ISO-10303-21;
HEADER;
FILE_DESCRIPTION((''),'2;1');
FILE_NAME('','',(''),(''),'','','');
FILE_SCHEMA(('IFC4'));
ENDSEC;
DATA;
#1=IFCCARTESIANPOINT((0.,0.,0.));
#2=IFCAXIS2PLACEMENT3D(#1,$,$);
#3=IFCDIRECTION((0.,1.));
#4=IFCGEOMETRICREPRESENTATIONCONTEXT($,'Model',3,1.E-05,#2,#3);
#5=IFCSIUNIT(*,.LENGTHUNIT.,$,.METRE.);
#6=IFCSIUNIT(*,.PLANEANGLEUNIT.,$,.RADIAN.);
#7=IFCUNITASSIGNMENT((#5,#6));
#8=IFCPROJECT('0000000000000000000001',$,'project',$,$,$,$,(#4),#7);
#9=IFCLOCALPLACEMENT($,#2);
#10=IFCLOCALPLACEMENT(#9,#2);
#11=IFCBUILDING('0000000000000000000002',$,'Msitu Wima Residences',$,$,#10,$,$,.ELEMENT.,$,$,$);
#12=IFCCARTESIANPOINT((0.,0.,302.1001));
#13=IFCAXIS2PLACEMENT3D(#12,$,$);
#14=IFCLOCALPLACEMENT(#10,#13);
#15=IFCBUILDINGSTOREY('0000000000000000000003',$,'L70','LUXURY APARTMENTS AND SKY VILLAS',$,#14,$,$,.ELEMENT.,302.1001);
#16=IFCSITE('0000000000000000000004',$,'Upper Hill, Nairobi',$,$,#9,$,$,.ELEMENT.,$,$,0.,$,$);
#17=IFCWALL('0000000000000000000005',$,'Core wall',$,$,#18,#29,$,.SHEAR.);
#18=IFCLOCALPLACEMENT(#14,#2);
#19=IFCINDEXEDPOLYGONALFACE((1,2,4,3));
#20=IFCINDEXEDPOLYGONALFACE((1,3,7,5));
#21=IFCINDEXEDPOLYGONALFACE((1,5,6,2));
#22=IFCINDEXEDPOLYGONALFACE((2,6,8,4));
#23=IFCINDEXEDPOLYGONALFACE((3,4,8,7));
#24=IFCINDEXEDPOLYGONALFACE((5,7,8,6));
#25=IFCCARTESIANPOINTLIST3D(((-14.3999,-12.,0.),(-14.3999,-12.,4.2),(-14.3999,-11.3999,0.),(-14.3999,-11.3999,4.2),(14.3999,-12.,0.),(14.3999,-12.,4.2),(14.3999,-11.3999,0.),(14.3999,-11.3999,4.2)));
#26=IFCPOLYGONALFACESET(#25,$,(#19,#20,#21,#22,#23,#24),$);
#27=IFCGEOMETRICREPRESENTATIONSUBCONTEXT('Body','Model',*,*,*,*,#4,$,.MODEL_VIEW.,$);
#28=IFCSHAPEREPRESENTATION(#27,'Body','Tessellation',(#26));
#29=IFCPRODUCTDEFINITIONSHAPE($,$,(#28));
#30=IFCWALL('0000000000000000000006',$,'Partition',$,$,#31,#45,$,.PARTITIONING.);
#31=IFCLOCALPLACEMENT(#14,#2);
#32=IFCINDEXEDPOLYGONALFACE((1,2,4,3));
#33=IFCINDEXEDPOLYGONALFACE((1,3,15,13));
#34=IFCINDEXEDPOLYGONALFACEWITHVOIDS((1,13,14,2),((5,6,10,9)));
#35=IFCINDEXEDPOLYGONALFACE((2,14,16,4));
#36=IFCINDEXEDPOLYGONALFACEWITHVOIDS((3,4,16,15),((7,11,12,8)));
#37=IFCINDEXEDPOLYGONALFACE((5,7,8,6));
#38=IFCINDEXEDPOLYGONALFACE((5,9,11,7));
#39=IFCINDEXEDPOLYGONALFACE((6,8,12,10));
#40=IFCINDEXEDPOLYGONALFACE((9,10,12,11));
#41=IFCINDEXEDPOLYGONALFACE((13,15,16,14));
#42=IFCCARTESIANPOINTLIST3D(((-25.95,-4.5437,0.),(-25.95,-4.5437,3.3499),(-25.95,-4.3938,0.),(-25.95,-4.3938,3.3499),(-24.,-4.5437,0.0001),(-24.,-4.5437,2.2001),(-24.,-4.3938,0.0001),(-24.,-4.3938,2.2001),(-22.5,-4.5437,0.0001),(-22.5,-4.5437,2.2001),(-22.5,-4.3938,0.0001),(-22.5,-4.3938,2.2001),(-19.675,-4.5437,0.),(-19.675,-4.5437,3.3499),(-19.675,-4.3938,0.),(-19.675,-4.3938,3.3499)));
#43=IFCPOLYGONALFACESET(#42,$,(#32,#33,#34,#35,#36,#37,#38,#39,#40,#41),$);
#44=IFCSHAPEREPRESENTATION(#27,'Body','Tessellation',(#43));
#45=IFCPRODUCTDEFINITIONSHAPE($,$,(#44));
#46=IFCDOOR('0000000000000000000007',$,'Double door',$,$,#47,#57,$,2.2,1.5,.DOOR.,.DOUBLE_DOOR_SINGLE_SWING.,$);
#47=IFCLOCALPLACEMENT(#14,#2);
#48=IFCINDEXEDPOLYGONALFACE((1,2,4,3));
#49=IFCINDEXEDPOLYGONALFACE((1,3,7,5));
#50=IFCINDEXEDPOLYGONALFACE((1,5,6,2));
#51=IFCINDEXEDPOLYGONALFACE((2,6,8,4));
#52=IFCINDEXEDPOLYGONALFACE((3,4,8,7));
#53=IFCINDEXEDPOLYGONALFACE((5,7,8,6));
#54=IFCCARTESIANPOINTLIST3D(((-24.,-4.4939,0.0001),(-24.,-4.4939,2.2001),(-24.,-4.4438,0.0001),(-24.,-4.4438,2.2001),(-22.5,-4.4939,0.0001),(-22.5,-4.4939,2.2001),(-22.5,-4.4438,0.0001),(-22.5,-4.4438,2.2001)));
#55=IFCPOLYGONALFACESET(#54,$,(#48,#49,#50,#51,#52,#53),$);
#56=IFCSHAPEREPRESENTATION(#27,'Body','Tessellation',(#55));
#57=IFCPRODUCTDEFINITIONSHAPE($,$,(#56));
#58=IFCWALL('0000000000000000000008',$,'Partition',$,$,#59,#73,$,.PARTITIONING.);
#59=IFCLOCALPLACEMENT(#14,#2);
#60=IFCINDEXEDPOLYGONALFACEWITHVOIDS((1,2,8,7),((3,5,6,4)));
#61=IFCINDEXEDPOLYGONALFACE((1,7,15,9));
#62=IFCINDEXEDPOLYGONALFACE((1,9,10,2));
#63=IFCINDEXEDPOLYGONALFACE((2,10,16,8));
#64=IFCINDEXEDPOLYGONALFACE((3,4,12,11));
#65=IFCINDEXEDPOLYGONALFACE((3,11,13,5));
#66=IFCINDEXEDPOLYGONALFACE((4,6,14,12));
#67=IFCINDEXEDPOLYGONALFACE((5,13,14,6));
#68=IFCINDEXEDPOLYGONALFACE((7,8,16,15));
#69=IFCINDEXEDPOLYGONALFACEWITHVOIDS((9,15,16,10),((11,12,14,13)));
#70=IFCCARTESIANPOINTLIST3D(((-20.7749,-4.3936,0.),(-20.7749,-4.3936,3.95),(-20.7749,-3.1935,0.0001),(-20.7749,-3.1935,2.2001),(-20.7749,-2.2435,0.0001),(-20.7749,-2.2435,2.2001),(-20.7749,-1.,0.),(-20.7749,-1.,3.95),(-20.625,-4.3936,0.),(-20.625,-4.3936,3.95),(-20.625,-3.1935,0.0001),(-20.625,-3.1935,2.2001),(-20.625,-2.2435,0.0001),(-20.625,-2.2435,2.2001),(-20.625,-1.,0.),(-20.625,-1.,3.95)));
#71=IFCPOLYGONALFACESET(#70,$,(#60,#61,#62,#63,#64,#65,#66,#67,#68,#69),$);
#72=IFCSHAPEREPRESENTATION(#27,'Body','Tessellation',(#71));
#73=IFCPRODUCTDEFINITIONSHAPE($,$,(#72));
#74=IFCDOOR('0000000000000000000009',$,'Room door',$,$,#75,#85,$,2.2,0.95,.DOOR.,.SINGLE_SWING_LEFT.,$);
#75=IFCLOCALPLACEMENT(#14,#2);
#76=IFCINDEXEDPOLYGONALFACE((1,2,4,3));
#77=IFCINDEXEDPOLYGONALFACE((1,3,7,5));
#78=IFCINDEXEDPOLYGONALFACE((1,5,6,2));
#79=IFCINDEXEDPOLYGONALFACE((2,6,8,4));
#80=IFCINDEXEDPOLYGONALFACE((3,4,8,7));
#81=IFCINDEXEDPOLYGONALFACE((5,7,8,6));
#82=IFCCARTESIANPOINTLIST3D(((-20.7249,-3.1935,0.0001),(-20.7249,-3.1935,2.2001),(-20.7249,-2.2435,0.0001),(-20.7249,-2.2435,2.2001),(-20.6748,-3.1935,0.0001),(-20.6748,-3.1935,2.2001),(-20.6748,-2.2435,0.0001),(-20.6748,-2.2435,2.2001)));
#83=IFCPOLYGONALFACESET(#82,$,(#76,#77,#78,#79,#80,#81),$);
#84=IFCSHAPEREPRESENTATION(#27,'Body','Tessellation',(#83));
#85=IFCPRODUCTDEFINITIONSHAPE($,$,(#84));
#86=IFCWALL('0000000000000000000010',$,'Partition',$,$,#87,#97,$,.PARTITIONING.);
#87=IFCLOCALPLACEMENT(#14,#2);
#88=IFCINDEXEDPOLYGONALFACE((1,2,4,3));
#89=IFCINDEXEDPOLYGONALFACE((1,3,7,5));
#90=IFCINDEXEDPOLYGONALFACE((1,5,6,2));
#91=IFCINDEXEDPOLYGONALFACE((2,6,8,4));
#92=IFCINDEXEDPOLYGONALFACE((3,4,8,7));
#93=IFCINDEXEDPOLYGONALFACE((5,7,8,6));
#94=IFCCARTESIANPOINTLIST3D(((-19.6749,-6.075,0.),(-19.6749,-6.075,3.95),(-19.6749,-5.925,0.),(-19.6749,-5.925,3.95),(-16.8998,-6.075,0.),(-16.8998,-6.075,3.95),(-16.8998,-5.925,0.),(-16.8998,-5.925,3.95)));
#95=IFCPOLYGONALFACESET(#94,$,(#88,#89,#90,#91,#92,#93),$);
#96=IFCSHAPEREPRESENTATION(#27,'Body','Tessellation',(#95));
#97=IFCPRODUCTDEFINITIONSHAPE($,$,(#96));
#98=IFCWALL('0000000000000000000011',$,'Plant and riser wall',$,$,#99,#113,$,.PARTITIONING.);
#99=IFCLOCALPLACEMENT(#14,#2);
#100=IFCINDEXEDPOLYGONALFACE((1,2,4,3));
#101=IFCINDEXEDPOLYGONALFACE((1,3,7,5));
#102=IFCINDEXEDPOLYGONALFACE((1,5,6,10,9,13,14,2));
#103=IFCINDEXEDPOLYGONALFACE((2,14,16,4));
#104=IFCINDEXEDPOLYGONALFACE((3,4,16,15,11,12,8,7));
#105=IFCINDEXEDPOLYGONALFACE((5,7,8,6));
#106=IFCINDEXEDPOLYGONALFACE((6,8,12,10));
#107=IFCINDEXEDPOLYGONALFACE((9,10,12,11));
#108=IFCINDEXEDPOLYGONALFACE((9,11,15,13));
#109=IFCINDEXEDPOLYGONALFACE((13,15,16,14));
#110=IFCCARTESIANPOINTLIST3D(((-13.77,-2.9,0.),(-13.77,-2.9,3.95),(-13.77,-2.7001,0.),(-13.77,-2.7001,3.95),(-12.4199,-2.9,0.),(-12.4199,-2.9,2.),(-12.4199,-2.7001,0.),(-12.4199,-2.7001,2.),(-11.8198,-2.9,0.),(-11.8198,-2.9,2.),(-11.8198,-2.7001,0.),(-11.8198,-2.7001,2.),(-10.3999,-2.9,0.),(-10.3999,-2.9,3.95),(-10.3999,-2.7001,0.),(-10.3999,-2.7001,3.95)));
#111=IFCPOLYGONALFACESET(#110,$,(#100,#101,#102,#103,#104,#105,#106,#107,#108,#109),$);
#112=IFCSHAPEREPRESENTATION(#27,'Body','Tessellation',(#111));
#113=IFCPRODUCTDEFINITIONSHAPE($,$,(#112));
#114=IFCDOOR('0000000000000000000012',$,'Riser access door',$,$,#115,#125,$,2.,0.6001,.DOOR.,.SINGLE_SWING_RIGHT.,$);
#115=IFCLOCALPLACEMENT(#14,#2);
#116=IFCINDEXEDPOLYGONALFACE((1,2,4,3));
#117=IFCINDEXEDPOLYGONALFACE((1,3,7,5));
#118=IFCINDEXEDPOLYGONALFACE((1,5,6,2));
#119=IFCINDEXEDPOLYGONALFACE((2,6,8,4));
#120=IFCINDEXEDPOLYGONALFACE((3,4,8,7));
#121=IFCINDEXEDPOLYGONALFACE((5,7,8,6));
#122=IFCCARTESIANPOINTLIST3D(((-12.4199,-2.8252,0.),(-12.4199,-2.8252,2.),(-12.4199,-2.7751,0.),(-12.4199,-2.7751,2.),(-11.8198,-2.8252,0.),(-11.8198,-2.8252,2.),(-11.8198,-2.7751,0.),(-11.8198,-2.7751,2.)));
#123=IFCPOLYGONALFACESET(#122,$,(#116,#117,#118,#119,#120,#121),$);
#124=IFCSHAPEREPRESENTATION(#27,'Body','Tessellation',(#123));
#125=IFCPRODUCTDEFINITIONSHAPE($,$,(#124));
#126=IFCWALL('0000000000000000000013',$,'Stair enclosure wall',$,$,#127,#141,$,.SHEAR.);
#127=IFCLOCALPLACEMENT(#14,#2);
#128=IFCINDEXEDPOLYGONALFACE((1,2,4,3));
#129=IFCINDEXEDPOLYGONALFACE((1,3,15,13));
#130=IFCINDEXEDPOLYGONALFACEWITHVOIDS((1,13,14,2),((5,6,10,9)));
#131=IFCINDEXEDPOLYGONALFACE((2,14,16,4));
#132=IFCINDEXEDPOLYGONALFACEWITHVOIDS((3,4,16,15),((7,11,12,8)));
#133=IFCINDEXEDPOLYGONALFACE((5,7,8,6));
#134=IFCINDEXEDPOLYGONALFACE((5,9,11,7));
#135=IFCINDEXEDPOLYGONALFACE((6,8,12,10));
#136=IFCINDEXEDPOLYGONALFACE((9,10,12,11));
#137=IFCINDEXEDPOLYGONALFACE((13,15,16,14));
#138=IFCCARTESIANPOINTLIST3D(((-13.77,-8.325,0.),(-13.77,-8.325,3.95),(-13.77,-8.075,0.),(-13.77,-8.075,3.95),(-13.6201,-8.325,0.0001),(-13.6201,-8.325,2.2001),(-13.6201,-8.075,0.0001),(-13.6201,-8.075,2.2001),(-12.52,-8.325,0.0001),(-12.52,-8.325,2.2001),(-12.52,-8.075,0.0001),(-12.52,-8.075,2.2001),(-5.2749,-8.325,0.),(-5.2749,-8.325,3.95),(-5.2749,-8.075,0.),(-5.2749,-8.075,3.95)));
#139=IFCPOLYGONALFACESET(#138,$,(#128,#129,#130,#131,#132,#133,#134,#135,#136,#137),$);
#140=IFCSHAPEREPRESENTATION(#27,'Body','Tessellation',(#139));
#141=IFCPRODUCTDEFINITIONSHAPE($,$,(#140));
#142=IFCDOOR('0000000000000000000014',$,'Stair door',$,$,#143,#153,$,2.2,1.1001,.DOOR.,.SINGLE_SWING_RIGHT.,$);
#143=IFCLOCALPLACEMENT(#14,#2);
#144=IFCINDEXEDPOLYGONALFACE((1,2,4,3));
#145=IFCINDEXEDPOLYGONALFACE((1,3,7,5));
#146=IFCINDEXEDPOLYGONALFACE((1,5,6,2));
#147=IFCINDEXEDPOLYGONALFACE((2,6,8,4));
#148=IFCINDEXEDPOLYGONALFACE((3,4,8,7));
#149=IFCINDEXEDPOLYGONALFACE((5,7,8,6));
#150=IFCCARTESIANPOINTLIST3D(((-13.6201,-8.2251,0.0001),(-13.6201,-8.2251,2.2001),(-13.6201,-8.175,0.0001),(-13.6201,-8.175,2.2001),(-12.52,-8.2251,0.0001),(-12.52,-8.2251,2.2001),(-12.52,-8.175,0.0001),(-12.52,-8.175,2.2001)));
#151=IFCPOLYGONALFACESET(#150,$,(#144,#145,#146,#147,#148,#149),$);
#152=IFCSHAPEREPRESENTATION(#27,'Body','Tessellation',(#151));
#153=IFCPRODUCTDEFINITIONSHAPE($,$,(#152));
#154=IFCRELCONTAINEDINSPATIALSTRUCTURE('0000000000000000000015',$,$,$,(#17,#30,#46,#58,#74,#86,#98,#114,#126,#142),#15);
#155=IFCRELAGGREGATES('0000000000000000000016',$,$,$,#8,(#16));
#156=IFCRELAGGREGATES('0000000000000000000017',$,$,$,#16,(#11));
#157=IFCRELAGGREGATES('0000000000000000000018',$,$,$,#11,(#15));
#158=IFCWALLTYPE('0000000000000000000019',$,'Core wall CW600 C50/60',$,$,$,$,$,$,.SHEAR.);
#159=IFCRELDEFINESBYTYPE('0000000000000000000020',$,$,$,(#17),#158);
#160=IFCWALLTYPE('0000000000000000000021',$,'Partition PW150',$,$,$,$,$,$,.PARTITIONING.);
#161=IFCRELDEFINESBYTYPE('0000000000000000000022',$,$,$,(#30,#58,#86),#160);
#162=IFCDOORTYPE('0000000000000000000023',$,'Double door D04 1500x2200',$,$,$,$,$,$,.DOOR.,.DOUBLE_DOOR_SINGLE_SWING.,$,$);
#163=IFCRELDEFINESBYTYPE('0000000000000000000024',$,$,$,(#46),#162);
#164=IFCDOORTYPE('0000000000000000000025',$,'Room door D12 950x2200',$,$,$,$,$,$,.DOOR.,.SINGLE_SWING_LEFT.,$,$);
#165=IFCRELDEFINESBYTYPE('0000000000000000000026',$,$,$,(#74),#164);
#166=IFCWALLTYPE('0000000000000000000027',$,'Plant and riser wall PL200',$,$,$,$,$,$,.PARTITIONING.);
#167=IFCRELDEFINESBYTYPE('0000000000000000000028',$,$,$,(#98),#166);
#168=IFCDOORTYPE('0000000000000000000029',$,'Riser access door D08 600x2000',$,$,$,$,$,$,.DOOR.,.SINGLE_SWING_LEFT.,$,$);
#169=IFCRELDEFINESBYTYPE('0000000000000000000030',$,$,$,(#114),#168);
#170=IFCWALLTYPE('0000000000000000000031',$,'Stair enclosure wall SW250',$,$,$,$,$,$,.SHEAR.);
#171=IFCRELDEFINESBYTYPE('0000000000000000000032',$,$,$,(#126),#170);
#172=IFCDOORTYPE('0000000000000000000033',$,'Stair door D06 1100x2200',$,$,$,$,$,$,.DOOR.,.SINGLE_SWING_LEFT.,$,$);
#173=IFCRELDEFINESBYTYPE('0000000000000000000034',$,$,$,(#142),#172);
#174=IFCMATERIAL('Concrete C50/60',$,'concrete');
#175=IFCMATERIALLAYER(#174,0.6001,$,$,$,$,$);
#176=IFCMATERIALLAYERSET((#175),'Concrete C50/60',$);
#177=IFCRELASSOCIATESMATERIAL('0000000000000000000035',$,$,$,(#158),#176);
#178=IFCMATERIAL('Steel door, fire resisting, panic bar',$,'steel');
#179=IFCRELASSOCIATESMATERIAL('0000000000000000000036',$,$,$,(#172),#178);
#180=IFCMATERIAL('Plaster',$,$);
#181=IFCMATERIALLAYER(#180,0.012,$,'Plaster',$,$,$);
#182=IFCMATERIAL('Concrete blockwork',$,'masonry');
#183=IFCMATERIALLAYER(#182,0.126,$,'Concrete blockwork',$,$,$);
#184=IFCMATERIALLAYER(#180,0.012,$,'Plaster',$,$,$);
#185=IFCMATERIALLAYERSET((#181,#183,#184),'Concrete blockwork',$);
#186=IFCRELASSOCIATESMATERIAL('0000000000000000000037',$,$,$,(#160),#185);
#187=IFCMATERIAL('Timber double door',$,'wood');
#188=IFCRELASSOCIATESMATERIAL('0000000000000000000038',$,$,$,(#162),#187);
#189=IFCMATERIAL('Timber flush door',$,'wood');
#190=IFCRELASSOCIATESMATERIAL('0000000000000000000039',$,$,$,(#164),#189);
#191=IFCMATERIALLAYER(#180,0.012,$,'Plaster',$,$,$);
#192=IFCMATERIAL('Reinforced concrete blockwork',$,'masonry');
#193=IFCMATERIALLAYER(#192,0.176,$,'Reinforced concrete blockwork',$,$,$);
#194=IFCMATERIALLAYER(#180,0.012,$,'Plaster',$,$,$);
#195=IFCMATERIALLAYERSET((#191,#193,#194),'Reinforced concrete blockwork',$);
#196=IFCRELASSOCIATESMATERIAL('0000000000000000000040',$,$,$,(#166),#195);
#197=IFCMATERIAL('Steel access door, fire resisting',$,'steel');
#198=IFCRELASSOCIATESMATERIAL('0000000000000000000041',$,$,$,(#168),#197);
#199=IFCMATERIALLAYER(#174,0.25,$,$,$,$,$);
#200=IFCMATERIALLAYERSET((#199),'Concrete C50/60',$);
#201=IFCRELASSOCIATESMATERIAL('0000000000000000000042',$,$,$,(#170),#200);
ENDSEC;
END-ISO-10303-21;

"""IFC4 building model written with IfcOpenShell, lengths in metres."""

from ifc_helpers import new_model, si_unit, direction, frame, frame_2d, origin, place, context, subcontext, project, spatial, rectangle, extrude, material, layer, layer_set, type_object, element, fill, save


model = new_model("IFC4")

# Units and contexts
model_context = context("Model", 3, precision=1e-05, world=origin(), true_north=direction((0.0, 1.0)))
body_context = subcontext(model_context, "Body", "Model", "MODEL_VIEW")
ifc_project = project(units=[si_unit("LENGTHUNIT", "METRE"), si_unit("PLANEANGLEUNIT", "RADIAN")], contexts=[model_context])

# Site, building, storey
site_placement = place(None, origin())
site = spatial("IfcSite", under=ifc_project, at=site_placement, Name="Upper Hill, Nairobi", CompositionType="ELEMENT", RefElevation=0.0)
building_placement = place(site_placement, origin())
building = spatial("IfcBuilding", under=site, at=building_placement, Name="Msitu Wima Residences", CompositionType="ELEMENT")
storey_placement = place(building_placement, frame((0.0, 0.0, 302.1001)))
storey = spatial("IfcBuildingStorey", under=building, at=storey_placement, Name="L70", Description="LUXURY APARTMENTS AND SKY VILLAS", CompositionType="ELEMENT", Elevation=302.1001)

# Shared definitions
ifc_material_1 = material(Name="Concrete C50/60", Category="concrete")

# Wall
ifc_layer_1 = layer(ifc_material_1, 0.6001)
ifc_layer_set_1 = layer_set([ifc_layer_1], Name="Concrete C50/60")
wall_type_1 = type_object("IfcWallType", Name="Core wall CW600 C50/60", PredefinedType="SHEAR", material=ifc_layer_set_1)
wall_1_placement = place(storey_placement, frame((-14.3999, -11.7, 0.0), z_axis=(0.0, 0.0, 1.0), x_axis=(1.0, 0.0, 0.0)))
element("IfcWall", 1, at=wall_1_placement, inside=storey, type_object=wall_type_1, Name="Core wall", PredefinedType="SHEAR", context=body_context, shape_type="SweptSolid", body=[
    extrude(rectangle(XDim=28.7998, YDim=0.6001, at=frame_2d((14.3999, 0.0))), origin(), (0.0, 0.0, 1.0), 4.2),
])

# Shared definitions
ifc_material_2 = material(Name="Steel door, fire resisting, panic bar", Category="steel")
door_type_1 = type_object("IfcDoorType", Name="Stair door D06 1100x2200", OperationType="SINGLE_SWING_LEFT", PredefinedType="DOOR", material=ifc_material_2)

# Walls, openings, doors
ifc_material_3 = material(Name="Plaster")
ifc_layer_2 = layer(ifc_material_3, 0.012, Name="Plaster")
ifc_material_4 = material(Name="Concrete blockwork", Category="masonry")
ifc_layer_3 = layer(ifc_material_4, 0.126, Name="Concrete blockwork")
ifc_layer_4 = layer(ifc_material_3, 0.012, Name="Plaster")
ifc_layer_set_2 = layer_set([ifc_layer_2, ifc_layer_3, ifc_layer_4], Name="Concrete blockwork")
wall_type_2 = type_object("IfcWallType", Name="Partition PW150", PredefinedType="PARTITIONING", material=ifc_layer_set_2)
wall_2_placement = place(storey_placement, frame((-25.95, -4.4688, 0.0), z_axis=(0.0, 0.0, 1.0), x_axis=(1.0, 0.0, 0.0)))
wall_2 = element("IfcWall", 2, at=wall_2_placement, inside=storey, type_object=wall_type_2, Name="Partition", PredefinedType="PARTITIONING", context=body_context, shape_type="SweptSolid", body=[
    extrude(rectangle(XDim=6.2749, YDim=0.1499, at=frame_2d((3.1375, 0.0))), origin(), (0.0, 0.0, 1.0), 3.3499),
])
opening_1_placement = place(wall_2_placement, frame((1.95, 0.0, 0.0)))
opening_1 = element("IfcOpeningElement", 3, at=opening_1_placement, cuts=wall_2, PredefinedType="OPENING", context=body_context, shape_type="SweptSolid", body=[
    extrude(rectangle(XDim=1.5, YDim=2.2, at=frame_2d((0.75, 1.1001))), frame((0.0, 0.085, 0.0), z_axis=(0.0, -1.0, 0.0), x_axis=(1.0, 0.0, 0.0)), (0.0, 0.0, 1.0), 0.1699),
])
ifc_material_5 = material(Name="Timber double door", Category="wood")
door_type_2 = type_object("IfcDoorType", Name="Double door D04 1500x2200", OperationType="DOUBLE_DOOR_SINGLE_SWING", PredefinedType="DOOR", material=ifc_material_5)
door_1_placement = place(opening_1_placement, origin())
door_1 = element("IfcDoor", 4, at=door_1_placement, inside=storey, type_object=door_type_2, Name="Double door", OperationType="DOUBLE_DOOR_SINGLE_SWING", OverallHeight=2.2, OverallWidth=1.5, PredefinedType="DOOR", context=body_context, shape_type="SweptSolid", body=[
    extrude(rectangle(XDim=1.5, YDim=2.2, at=frame_2d((0.75, 1.1001))), frame((0.0, 0.0249, 0.0), z_axis=(0.0, -1.0, 0.0), x_axis=(1.0, 0.0, 0.0)), (0.0, 0.0, 1.0), 0.05),
])
fill(opening_1, door_1)
wall_3_placement = place(storey_placement, frame((-20.7, -4.3936, 0.0), z_axis=(0.0, 0.0, 1.0), x_axis=(0.0, 1.0, 0.0)))
wall_3 = element("IfcWall", 5, at=wall_3_placement, inside=storey, type_object=wall_type_2, Name="Partition", PredefinedType="PARTITIONING", context=body_context, shape_type="SweptSolid", body=[
    extrude(rectangle(XDim=3.3936, YDim=0.1499, at=frame_2d((1.6968, 0.0))), origin(), (0.0, 0.0, 1.0), 3.95),
])
opening_2_placement = place(wall_3_placement, frame((1.2, 0.0, 0.0)))
opening_2 = element("IfcOpeningElement", 6, at=opening_2_placement, cuts=wall_3, PredefinedType="OPENING", context=body_context, shape_type="SweptSolid", body=[
    extrude(rectangle(XDim=0.95, YDim=2.2, at=frame_2d((0.4751, 1.1001))), frame((0.0, 0.085, 0.0), z_axis=(0.0, -1.0, 0.0), x_axis=(1.0, 0.0, 0.0)), (0.0, 0.0, 1.0), 0.1699),
])
ifc_material_6 = material(Name="Timber flush door", Category="wood")
door_type_3 = type_object("IfcDoorType", Name="Room door D12 950x2200", OperationType="SINGLE_SWING_LEFT", PredefinedType="DOOR", material=ifc_material_6)
door_2_placement = place(opening_2_placement, origin())
door_2 = element("IfcDoor", 7, at=door_2_placement, inside=storey, type_object=door_type_3, Name="Room door", OperationType="SINGLE_SWING_LEFT", OverallHeight=2.2, OverallWidth=0.95, PredefinedType="DOOR", context=body_context, shape_type="SweptSolid", body=[
    extrude(rectangle(XDim=0.95, YDim=2.2, at=frame_2d((0.4751, 1.1001))), frame((0.0, 0.0249, 0.0), z_axis=(0.0, -1.0, 0.0), x_axis=(1.0, 0.0, 0.0)), (0.0, 0.0, 1.0), 0.05),
])
fill(opening_2, door_2)

# Wall
wall_4_placement = place(storey_placement, frame((-19.675, -6.0, 0.0), z_axis=(0.0, 0.0, 1.0), x_axis=(1.0, 0.0, 0.0)))
element("IfcWall", 8, at=wall_4_placement, inside=storey, type_object=wall_type_2, Name="Partition", PredefinedType="PARTITIONING", context=body_context, shape_type="SweptSolid", body=[
    extrude(rectangle(XDim=2.7751, YDim=0.1499, at=frame_2d((1.3877, 0.0))), origin(), (0.0, 0.0, 1.0), 3.95),
])

# Walls, openings, doors
ifc_layer_5 = layer(ifc_material_3, 0.012, Name="Plaster")
ifc_material_7 = material(Name="Reinforced concrete blockwork", Category="masonry")
ifc_layer_6 = layer(ifc_material_7, 0.176, Name="Reinforced concrete blockwork")
ifc_layer_7 = layer(ifc_material_3, 0.012, Name="Plaster")
ifc_layer_set_3 = layer_set([ifc_layer_5, ifc_layer_6, ifc_layer_7], Name="Reinforced concrete blockwork")
wall_type_3 = type_object("IfcWallType", Name="Plant and riser wall PL200", PredefinedType="PARTITIONING", material=ifc_layer_set_3)
wall_5_placement = place(storey_placement, frame((-13.77, -2.8, 0.0), z_axis=(0.0, 0.0, 1.0), x_axis=(1.0, 0.0, 0.0)))
wall_5 = element("IfcWall", 9, at=wall_5_placement, inside=storey, type_object=wall_type_3, Name="Plant and riser wall", PredefinedType="PARTITIONING", context=body_context, shape_type="SweptSolid", body=[
    extrude(rectangle(XDim=3.3701, YDim=0.2, at=frame_2d((1.6851, 0.0))), origin(), (0.0, 0.0, 1.0), 3.95),
])
opening_3_placement = place(wall_5_placement, frame((1.3501, 0.0, 0.0)))
opening_3 = element("IfcOpeningElement", 10, at=opening_3_placement, cuts=wall_5, PredefinedType="OPENING", context=body_context, shape_type="SweptSolid", body=[
    extrude(rectangle(XDim=0.6001, YDim=2.0, at=frame_2d((0.3, 1.0))), frame((0.0, 0.1099, 0.0), z_axis=(0.0, -1.0, 0.0), x_axis=(1.0, 0.0, 0.0)), (0.0, 0.0, 1.0), 0.22),
])
ifc_material_8 = material(Name="Steel access door, fire resisting", Category="steel")
door_type_4 = type_object("IfcDoorType", Name="Riser access door D08 600x2000", OperationType="SINGLE_SWING_LEFT", PredefinedType="DOOR", material=ifc_material_8)
door_3_placement = place(opening_3_placement, origin())
door_3 = element("IfcDoor", 11, at=door_3_placement, inside=storey, type_object=door_type_4, Name="Riser access door", OperationType="SINGLE_SWING_RIGHT", OverallHeight=2.0, OverallWidth=0.6001, PredefinedType="DOOR", context=body_context, shape_type="SweptSolid", body=[
    extrude(rectangle(XDim=0.6001, YDim=2.0, at=frame_2d((0.3, 1.0))), frame((0.0, 0.0249, 0.0), z_axis=(0.0, -1.0, 0.0), x_axis=(1.0, 0.0, 0.0)), (0.0, 0.0, 1.0), 0.05),
])
fill(opening_3, door_3)
ifc_layer_8 = layer(ifc_material_1, 0.25)
ifc_layer_set_4 = layer_set([ifc_layer_8], Name="Concrete C50/60")
wall_type_4 = type_object("IfcWallType", Name="Stair enclosure wall SW250", PredefinedType="SHEAR", material=ifc_layer_set_4)
wall_6_placement = place(storey_placement, frame((-13.77, -8.2, 0.0), z_axis=(0.0, 0.0, 1.0), x_axis=(1.0, 0.0, 0.0)))
wall_6 = element("IfcWall", 12, at=wall_6_placement, inside=storey, type_object=wall_type_4, Name="Stair enclosure wall", PredefinedType="SHEAR", context=body_context, shape_type="SweptSolid", body=[
    extrude(rectangle(XDim=8.4951, YDim=0.25, at=frame_2d((4.2476, 0.0))), origin(), (0.0, 0.0, 1.0), 3.95),
])
opening_4_placement = place(wall_6_placement, frame((0.1499, 0.0, 0.0)))
opening_4 = element("IfcOpeningElement", 13, at=opening_4_placement, cuts=wall_6, PredefinedType="OPENING", context=body_context, shape_type="SweptSolid", body=[
    extrude(rectangle(XDim=1.1001, YDim=2.2, at=frame_2d((0.55, 1.1001))), frame((0.0, 0.135, 0.0), z_axis=(0.0, -1.0, 0.0), x_axis=(1.0, 0.0, 0.0)), (0.0, 0.0, 1.0), 0.27),
])
door_4_placement = place(opening_4_placement, origin())
door_4 = element("IfcDoor", 14, at=door_4_placement, inside=storey, type_object=door_type_1, Name="Stair door", OperationType="SINGLE_SWING_RIGHT", OverallHeight=2.2, OverallWidth=1.1001, PredefinedType="DOOR", context=body_context, shape_type="SweptSolid", body=[
    extrude(rectangle(XDim=1.1001, YDim=2.2, at=frame_2d((0.55, 1.1001))), frame((0.0, 0.0249, 0.0), z_axis=(0.0, -1.0, 0.0), x_axis=(1.0, 0.0, 0.0)), (0.0, 0.0, 1.0), 0.05),
])
fill(opening_4, door_4)

save(model, "model.ifc")
